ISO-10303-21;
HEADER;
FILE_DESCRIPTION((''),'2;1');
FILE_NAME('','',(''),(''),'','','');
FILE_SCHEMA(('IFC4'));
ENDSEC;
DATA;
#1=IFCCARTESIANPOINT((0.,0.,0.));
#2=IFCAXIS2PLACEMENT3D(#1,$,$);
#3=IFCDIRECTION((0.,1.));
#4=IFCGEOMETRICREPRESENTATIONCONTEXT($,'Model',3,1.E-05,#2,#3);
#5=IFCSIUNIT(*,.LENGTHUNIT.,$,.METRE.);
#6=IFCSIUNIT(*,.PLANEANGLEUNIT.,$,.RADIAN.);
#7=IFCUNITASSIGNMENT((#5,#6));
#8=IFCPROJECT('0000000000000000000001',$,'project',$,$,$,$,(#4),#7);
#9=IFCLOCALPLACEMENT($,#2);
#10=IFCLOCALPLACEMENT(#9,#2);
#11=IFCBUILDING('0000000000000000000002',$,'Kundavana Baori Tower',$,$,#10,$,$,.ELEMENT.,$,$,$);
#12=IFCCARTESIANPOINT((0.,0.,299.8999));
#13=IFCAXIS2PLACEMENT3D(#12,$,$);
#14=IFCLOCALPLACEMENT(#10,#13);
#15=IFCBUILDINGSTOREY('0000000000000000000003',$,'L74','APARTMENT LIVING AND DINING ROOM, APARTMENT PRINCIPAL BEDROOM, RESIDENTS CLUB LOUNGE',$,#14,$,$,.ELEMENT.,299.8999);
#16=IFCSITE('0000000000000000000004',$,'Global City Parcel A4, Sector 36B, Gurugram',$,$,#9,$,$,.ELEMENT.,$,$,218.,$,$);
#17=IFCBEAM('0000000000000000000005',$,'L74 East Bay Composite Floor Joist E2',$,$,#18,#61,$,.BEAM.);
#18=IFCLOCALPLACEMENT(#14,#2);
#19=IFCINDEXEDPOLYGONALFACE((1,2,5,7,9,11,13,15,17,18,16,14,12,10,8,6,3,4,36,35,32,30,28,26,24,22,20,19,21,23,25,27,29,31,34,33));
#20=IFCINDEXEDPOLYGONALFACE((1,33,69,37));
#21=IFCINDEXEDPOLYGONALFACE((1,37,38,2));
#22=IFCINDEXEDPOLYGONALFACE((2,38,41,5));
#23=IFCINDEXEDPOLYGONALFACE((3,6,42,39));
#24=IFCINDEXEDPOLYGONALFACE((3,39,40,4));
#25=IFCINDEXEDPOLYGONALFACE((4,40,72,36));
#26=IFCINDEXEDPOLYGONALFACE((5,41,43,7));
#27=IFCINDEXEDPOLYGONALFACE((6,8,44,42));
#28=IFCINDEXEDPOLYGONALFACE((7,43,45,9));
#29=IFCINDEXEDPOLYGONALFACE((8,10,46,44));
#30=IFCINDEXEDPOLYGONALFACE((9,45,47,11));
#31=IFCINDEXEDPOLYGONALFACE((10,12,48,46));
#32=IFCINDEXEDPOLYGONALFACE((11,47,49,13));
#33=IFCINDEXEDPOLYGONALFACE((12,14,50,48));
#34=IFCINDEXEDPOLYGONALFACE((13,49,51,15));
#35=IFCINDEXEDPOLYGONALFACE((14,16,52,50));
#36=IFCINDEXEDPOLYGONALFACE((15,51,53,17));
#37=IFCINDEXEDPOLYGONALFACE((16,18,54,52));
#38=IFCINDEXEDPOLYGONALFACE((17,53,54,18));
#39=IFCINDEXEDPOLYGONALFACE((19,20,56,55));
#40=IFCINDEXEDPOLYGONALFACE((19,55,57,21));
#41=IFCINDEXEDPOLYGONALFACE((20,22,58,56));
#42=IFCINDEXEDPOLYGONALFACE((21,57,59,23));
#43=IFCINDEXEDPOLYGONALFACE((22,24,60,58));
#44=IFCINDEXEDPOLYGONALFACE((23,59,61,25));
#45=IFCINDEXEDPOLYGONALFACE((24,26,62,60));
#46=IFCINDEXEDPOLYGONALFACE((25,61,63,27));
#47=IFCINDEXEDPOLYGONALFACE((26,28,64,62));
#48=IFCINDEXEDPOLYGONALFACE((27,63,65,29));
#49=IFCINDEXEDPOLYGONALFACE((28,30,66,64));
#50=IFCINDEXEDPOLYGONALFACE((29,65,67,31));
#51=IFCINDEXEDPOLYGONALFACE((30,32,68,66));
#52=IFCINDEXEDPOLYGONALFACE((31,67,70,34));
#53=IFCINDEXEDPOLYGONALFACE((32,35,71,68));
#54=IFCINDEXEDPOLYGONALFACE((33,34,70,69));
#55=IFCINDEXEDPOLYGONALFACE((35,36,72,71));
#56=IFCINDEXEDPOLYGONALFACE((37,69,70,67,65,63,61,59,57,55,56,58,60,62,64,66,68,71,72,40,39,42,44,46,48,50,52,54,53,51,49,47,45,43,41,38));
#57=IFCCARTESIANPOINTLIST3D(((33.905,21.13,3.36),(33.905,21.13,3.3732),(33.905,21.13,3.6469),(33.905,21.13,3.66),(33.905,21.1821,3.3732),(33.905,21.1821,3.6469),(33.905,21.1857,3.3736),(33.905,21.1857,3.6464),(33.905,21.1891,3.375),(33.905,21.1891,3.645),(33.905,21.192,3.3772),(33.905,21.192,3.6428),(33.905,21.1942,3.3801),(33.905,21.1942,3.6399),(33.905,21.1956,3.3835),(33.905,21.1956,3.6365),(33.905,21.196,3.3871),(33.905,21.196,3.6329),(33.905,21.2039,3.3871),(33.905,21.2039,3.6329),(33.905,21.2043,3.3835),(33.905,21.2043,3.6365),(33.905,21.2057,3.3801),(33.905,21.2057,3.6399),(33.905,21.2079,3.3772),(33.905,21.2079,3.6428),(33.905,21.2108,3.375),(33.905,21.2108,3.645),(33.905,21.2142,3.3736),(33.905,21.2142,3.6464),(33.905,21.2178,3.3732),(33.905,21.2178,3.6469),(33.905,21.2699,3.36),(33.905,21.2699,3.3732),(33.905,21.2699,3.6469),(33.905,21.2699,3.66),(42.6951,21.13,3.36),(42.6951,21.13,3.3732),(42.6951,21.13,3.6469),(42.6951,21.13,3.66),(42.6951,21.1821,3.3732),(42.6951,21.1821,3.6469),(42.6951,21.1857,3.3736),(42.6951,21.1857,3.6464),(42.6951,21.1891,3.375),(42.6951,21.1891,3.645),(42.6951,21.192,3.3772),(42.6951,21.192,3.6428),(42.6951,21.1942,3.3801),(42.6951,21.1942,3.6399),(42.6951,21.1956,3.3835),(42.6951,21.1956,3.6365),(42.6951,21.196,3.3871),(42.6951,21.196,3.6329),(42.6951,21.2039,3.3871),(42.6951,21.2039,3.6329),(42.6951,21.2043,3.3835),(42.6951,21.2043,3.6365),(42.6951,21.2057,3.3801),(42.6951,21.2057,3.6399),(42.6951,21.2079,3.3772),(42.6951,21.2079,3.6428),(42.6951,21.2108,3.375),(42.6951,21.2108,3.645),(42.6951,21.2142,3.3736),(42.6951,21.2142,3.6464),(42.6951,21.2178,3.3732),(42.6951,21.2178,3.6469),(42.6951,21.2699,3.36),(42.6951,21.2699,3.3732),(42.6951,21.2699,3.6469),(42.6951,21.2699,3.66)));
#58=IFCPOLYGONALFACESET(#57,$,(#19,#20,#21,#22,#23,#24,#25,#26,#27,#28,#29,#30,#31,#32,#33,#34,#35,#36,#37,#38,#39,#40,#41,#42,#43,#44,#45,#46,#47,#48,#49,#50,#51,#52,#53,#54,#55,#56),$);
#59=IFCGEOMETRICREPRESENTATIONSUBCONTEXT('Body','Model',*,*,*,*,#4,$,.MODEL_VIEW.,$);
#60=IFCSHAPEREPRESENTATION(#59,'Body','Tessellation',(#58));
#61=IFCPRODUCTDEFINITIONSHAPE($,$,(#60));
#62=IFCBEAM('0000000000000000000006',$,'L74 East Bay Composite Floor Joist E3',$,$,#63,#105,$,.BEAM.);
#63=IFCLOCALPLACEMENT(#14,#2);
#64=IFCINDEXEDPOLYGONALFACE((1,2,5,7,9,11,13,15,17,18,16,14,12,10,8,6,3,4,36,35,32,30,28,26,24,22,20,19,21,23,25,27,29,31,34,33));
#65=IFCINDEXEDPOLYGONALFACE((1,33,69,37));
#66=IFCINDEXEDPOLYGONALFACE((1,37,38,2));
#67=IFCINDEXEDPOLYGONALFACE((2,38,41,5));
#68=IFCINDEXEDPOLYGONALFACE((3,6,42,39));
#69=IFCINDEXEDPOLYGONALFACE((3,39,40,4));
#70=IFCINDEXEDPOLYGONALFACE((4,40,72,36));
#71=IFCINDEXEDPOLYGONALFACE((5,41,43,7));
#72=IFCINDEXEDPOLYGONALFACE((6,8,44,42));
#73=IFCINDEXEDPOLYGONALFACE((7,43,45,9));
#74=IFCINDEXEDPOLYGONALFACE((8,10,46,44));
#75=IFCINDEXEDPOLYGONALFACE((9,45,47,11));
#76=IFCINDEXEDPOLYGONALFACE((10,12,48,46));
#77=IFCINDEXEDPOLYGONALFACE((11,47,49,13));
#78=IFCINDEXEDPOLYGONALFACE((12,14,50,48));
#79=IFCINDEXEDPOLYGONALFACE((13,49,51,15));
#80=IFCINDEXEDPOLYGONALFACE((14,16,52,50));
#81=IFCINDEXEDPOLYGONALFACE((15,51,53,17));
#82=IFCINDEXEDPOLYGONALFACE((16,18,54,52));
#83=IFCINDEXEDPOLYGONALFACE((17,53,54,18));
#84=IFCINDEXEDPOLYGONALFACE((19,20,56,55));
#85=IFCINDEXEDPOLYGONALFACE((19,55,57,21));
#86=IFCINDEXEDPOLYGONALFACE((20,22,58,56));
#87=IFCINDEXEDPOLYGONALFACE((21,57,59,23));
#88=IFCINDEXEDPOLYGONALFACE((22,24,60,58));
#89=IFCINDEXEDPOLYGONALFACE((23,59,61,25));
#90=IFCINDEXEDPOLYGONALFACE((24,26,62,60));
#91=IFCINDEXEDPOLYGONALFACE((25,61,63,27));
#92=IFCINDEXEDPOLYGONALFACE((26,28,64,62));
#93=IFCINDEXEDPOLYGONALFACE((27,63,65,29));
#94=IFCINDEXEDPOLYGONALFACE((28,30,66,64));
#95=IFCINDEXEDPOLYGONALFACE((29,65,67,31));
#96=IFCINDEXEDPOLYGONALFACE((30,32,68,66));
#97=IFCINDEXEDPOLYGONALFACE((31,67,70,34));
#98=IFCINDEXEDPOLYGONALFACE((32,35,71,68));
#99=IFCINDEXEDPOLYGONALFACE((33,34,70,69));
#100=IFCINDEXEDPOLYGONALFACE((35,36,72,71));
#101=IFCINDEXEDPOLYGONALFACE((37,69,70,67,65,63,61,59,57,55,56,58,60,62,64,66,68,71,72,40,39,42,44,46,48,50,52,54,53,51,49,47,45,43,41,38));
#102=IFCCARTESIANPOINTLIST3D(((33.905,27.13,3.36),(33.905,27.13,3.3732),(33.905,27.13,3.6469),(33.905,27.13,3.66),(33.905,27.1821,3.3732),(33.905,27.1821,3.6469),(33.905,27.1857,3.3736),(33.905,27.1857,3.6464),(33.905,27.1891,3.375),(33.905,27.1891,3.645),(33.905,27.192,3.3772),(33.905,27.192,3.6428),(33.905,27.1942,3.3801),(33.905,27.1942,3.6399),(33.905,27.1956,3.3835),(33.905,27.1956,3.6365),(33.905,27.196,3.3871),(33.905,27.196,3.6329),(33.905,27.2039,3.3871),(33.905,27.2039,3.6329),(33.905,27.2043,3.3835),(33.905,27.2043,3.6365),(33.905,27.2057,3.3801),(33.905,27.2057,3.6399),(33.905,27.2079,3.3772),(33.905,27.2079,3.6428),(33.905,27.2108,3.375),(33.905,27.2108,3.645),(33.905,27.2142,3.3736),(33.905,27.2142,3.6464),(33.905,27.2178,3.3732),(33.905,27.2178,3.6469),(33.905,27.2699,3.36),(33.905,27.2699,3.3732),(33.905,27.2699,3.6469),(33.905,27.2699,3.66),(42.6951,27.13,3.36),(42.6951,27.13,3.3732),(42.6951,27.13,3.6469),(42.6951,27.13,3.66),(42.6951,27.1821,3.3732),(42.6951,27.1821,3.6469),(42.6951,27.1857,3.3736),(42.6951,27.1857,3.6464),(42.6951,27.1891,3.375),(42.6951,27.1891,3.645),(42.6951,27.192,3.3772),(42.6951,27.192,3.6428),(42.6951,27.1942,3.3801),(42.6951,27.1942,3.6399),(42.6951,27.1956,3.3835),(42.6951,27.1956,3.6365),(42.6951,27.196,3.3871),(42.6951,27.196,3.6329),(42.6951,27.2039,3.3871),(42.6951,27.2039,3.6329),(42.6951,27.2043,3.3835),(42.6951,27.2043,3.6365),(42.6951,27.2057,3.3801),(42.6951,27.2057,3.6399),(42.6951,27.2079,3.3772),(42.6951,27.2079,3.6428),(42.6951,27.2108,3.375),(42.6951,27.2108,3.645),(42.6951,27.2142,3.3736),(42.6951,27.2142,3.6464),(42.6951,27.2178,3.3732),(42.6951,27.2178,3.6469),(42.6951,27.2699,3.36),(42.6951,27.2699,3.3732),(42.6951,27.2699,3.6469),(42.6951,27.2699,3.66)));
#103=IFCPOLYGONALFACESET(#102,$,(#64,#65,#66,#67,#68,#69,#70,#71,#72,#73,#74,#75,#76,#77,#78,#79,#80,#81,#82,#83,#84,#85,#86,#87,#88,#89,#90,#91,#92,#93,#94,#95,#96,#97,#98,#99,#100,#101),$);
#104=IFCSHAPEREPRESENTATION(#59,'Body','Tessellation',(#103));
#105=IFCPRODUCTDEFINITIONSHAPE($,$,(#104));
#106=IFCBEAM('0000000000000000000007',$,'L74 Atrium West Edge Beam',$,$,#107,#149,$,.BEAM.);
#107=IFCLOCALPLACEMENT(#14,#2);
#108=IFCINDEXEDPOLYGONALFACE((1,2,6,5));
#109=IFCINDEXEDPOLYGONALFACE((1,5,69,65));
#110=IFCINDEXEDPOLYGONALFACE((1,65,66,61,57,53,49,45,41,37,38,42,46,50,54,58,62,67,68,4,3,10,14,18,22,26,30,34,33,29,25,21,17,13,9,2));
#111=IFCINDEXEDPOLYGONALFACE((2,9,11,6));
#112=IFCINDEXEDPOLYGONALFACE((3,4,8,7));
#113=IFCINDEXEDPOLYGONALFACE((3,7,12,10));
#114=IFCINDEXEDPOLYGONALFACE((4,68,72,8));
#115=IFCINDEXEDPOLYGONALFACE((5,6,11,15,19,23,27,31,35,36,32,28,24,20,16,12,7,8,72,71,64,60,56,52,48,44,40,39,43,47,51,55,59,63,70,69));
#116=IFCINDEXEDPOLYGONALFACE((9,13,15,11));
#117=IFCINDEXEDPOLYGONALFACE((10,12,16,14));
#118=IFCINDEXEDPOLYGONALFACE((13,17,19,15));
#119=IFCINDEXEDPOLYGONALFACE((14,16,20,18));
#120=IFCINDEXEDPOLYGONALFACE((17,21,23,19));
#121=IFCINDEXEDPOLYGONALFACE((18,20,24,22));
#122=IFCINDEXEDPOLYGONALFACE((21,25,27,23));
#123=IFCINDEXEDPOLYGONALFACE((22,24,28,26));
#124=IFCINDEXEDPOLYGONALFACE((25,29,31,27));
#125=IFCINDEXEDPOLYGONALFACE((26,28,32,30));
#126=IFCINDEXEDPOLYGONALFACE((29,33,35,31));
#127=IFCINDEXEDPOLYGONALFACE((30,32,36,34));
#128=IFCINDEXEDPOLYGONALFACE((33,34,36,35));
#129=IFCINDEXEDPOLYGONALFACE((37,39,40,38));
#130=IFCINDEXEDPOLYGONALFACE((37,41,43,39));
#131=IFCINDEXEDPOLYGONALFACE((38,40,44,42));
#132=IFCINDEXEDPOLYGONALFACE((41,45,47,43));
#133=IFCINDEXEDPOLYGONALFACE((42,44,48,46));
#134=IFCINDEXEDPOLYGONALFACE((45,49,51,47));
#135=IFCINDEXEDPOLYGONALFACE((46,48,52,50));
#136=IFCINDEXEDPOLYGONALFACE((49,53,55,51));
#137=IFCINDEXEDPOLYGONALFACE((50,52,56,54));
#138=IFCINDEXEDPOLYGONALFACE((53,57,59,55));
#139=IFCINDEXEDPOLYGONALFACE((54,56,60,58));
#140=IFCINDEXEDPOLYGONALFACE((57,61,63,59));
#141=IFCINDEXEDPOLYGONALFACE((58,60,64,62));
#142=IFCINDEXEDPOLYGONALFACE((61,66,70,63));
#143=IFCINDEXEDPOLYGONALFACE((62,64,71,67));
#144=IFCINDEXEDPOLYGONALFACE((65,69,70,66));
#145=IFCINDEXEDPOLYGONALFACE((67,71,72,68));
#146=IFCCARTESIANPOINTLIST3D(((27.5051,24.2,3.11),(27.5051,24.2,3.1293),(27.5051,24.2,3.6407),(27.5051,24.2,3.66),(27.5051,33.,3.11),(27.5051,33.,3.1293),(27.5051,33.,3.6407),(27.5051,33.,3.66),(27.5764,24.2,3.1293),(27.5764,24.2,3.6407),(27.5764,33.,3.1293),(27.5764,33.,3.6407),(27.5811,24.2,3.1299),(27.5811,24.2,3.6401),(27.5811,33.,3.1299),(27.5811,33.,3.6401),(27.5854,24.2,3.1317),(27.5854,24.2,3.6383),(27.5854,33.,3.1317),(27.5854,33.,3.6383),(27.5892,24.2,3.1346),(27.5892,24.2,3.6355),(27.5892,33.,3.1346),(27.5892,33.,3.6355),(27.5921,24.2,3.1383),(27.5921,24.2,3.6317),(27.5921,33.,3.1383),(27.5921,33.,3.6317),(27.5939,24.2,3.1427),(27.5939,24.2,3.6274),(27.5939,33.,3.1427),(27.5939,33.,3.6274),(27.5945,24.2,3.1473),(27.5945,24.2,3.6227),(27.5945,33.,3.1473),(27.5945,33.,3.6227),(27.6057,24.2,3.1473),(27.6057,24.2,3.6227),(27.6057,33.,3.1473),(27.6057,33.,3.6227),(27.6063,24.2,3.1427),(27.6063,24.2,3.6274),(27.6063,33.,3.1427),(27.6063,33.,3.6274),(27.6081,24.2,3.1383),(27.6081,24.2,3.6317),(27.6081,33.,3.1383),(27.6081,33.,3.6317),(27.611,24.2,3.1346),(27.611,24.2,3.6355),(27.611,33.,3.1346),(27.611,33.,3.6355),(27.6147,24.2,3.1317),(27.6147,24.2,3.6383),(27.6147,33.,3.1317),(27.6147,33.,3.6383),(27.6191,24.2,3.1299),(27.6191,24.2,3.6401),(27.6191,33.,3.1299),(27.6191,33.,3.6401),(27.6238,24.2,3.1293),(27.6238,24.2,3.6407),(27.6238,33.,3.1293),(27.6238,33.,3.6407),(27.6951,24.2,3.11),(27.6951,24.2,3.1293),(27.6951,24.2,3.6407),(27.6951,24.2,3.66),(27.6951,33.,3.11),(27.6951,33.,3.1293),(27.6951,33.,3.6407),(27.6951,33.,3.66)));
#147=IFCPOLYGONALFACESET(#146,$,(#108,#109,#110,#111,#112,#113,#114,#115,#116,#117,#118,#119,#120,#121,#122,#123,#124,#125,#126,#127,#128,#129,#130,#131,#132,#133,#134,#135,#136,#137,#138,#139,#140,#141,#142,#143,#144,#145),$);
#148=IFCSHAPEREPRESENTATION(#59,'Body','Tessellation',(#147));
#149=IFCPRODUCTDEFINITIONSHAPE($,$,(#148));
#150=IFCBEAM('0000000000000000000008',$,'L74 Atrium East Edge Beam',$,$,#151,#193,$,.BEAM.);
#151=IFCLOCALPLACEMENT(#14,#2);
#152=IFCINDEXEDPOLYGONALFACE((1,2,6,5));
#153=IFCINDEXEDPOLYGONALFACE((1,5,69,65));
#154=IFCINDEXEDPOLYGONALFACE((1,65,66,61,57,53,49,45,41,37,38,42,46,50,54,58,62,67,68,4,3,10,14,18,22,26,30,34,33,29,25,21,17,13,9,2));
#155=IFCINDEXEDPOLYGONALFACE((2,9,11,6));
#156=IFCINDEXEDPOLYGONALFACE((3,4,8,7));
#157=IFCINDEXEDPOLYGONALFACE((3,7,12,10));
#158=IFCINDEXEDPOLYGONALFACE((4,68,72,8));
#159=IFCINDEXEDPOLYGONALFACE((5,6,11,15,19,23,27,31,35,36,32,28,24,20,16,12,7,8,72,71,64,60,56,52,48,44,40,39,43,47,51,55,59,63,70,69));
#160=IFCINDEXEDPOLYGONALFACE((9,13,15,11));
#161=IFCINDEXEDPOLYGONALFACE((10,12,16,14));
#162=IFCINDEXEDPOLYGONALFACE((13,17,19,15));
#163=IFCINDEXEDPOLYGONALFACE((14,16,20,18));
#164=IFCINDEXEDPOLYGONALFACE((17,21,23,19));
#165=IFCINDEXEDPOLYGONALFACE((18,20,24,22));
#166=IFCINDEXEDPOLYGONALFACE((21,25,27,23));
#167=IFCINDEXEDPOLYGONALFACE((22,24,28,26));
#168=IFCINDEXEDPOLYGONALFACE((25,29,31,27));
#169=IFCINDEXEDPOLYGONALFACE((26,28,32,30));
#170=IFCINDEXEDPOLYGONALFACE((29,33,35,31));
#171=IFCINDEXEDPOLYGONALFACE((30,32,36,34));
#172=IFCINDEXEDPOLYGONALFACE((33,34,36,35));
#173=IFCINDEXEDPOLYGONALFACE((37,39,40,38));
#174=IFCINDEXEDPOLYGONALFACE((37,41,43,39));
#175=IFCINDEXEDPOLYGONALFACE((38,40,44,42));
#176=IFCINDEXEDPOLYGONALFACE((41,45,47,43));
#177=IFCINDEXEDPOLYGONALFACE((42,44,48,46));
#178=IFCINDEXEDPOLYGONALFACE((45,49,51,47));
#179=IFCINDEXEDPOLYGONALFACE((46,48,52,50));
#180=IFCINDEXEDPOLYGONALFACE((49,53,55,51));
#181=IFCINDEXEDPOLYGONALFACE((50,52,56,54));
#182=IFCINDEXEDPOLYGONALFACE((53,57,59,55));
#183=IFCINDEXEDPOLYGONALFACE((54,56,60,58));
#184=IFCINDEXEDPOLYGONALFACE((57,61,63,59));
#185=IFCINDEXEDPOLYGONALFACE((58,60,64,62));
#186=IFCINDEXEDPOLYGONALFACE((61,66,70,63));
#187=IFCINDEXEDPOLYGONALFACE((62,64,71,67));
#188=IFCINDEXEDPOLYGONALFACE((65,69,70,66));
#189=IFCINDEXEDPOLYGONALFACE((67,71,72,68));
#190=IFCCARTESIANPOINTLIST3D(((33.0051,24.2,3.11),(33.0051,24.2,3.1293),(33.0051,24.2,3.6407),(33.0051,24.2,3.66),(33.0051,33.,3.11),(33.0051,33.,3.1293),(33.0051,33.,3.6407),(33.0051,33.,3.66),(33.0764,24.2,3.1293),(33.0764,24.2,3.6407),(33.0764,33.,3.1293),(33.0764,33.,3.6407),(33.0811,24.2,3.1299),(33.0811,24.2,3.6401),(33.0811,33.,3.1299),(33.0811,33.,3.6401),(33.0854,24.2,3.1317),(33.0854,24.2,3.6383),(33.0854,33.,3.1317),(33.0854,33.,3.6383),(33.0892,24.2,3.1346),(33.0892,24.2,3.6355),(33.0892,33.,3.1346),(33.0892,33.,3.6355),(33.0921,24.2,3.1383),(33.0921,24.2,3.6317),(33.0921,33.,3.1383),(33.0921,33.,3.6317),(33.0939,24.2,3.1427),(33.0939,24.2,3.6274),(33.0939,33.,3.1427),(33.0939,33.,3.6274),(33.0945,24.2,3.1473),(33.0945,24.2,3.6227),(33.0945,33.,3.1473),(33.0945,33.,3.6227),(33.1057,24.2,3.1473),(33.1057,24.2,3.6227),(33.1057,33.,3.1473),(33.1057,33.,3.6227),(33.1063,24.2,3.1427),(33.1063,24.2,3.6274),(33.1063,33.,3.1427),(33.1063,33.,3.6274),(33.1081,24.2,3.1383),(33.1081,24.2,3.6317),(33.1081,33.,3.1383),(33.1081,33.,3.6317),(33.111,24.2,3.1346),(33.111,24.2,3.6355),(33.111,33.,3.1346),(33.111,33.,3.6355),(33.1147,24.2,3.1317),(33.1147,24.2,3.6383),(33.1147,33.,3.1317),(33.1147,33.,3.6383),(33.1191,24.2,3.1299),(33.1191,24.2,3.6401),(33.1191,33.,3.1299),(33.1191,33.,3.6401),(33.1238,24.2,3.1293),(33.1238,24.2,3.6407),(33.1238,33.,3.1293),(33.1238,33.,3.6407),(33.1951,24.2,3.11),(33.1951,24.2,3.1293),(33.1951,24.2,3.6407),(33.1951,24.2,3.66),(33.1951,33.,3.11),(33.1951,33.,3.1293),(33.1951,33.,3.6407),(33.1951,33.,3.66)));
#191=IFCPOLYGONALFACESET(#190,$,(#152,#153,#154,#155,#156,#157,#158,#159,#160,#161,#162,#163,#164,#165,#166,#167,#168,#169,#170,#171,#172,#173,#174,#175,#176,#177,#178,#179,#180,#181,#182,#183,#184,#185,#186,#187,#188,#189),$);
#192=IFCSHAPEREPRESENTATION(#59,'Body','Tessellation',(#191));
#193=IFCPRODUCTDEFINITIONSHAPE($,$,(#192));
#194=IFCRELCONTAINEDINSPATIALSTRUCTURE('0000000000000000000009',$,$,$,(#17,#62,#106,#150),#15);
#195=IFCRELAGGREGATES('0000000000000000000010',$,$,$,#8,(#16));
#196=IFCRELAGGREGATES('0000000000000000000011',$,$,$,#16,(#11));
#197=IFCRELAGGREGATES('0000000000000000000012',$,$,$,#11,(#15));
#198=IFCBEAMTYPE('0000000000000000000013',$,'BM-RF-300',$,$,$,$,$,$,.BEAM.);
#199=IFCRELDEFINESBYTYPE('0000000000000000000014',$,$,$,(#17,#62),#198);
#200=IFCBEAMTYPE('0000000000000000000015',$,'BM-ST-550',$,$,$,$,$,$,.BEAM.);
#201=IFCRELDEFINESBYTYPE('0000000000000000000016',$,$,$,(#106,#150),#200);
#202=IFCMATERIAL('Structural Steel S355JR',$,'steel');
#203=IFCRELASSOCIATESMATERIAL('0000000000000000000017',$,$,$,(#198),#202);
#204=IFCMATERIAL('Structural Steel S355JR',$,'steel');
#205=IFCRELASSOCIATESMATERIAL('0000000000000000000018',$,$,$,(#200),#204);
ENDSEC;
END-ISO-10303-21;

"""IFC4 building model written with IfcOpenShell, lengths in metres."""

from ifc_helpers import new_model, si_unit, direction, frame, origin, origin_2d, place, context, subcontext, project, spatial, i_section, extrude, material, material_profile, profile_set, type_object, element, save


model = new_model("IFC4")

# Units and contexts
model_context = context("Model", 3, precision=1e-05, world=origin(), true_north=direction((0.0, 1.0)))
body_context = subcontext(model_context, "Body", "Model", "MODEL_VIEW")
ifc_project = project(units=[si_unit("LENGTHUNIT", "METRE"), si_unit("PLANEANGLEUNIT", "RADIAN")], contexts=[model_context])

# Site, building, storey
site_placement = place(None, origin())
site = spatial("IfcSite", under=ifc_project, at=site_placement, Name="Global City Parcel A4, Sector 36B, Gurugram", CompositionType="ELEMENT", RefElevation=218.0)
building_placement = place(site_placement, origin())
building = spatial("IfcBuilding", under=site, at=building_placement, Name="Kundavana Baori Tower", CompositionType="ELEMENT")
storey_placement = place(building_placement, frame((0.0, 0.0, 299.8999)))
storey = spatial("IfcBuildingStorey", under=building, at=storey_placement, Name="L74", Description="APARTMENT LIVING AND DINING ROOM, APARTMENT PRINCIPAL BEDROOM, RESIDENTS CLUB LOUNGE", CompositionType="ELEMENT", Elevation=299.8999)

# Beams
ifc_material_1 = material(Name="Structural Steel S355JR", Category="steel")
ifc_material_profile_1 = material_profile(ifc_material_1, i_section(OverallWidth=0.1399, OverallDepth=0.3, WebThickness=0.0078, FlangeThickness=0.0132, FilletRadius=0.0139, at=origin_2d()), Name="ISMB 300")
ifc_profile_set_1 = profile_set([ifc_material_profile_1], Name="Structural Steel S355JR")
beam_type_1 = type_object("IfcBeamType", Name="BM-RF-300", PredefinedType="BEAM", material=ifc_profile_set_1)
for number, where, z_axis, x_axis, name in (
    (1, (33.905, 21.2, 3.51), (1.0, 0.0, 0.0), (0.0, 1.0, 0.0), "L74 East Bay Composite Floor Joist E2"),
    (2, (33.905, 27.2, 3.51), (1.0, 0.0, 0.0), (0.0, 1.0, 0.0), "L74 East Bay Composite Floor Joist E3"),
):
    element("IfcBeam", number, at=place(storey_placement, frame(where, z_axis=z_axis, x_axis=x_axis)), inside=storey, type_object=beam_type_1, Name=name, PredefinedType="BEAM", context=body_context, shape_type="SweptSolid", body=[
        extrude(i_section(OverallWidth=0.1399, OverallDepth=0.3, WebThickness=0.0078, FlangeThickness=0.0132, FilletRadius=0.0139, at=origin_2d()), origin(), (0.0, 0.0, 1.0), 8.79),
    ])
ifc_material_2 = material(Name="Structural Steel S355JR", Category="steel")
ifc_material_profile_2 = material_profile(ifc_material_2, i_section(OverallWidth=0.1899, OverallDepth=0.55, WebThickness=0.0112, FlangeThickness=0.0193, FilletRadius=0.0181, at=origin_2d()), Name="ISMB 550")
ifc_profile_set_2 = profile_set([ifc_material_profile_2], Name="Structural Steel S355JR")
beam_type_2 = type_object("IfcBeamType", Name="BM-ST-550", PredefinedType="BEAM", material=ifc_profile_set_2)
for number, where, z_axis, x_axis, name in (
    (3, (27.6001, 24.2, 3.385), (0.0, 1.0, 0.0), (-1.0, 0.0, 0.0), "L74 Atrium West Edge Beam"),
    (4, (33.1001, 24.2, 3.385), (0.0, 1.0, 0.0), (-1.0, 0.0, 0.0), "L74 Atrium East Edge Beam"),
):
    element("IfcBeam", number, at=place(storey_placement, frame(where, z_axis=z_axis, x_axis=x_axis)), inside=storey, type_object=beam_type_2, Name=name, PredefinedType="BEAM", context=body_context, shape_type="SweptSolid", body=[
        extrude(i_section(OverallWidth=0.1899, OverallDepth=0.55, WebThickness=0.0112, FlangeThickness=0.0193, FilletRadius=0.0181, at=origin_2d()), origin(), (0.0, 0.0, 1.0), 8.8),
    ])

save(model, "model.ifc")
